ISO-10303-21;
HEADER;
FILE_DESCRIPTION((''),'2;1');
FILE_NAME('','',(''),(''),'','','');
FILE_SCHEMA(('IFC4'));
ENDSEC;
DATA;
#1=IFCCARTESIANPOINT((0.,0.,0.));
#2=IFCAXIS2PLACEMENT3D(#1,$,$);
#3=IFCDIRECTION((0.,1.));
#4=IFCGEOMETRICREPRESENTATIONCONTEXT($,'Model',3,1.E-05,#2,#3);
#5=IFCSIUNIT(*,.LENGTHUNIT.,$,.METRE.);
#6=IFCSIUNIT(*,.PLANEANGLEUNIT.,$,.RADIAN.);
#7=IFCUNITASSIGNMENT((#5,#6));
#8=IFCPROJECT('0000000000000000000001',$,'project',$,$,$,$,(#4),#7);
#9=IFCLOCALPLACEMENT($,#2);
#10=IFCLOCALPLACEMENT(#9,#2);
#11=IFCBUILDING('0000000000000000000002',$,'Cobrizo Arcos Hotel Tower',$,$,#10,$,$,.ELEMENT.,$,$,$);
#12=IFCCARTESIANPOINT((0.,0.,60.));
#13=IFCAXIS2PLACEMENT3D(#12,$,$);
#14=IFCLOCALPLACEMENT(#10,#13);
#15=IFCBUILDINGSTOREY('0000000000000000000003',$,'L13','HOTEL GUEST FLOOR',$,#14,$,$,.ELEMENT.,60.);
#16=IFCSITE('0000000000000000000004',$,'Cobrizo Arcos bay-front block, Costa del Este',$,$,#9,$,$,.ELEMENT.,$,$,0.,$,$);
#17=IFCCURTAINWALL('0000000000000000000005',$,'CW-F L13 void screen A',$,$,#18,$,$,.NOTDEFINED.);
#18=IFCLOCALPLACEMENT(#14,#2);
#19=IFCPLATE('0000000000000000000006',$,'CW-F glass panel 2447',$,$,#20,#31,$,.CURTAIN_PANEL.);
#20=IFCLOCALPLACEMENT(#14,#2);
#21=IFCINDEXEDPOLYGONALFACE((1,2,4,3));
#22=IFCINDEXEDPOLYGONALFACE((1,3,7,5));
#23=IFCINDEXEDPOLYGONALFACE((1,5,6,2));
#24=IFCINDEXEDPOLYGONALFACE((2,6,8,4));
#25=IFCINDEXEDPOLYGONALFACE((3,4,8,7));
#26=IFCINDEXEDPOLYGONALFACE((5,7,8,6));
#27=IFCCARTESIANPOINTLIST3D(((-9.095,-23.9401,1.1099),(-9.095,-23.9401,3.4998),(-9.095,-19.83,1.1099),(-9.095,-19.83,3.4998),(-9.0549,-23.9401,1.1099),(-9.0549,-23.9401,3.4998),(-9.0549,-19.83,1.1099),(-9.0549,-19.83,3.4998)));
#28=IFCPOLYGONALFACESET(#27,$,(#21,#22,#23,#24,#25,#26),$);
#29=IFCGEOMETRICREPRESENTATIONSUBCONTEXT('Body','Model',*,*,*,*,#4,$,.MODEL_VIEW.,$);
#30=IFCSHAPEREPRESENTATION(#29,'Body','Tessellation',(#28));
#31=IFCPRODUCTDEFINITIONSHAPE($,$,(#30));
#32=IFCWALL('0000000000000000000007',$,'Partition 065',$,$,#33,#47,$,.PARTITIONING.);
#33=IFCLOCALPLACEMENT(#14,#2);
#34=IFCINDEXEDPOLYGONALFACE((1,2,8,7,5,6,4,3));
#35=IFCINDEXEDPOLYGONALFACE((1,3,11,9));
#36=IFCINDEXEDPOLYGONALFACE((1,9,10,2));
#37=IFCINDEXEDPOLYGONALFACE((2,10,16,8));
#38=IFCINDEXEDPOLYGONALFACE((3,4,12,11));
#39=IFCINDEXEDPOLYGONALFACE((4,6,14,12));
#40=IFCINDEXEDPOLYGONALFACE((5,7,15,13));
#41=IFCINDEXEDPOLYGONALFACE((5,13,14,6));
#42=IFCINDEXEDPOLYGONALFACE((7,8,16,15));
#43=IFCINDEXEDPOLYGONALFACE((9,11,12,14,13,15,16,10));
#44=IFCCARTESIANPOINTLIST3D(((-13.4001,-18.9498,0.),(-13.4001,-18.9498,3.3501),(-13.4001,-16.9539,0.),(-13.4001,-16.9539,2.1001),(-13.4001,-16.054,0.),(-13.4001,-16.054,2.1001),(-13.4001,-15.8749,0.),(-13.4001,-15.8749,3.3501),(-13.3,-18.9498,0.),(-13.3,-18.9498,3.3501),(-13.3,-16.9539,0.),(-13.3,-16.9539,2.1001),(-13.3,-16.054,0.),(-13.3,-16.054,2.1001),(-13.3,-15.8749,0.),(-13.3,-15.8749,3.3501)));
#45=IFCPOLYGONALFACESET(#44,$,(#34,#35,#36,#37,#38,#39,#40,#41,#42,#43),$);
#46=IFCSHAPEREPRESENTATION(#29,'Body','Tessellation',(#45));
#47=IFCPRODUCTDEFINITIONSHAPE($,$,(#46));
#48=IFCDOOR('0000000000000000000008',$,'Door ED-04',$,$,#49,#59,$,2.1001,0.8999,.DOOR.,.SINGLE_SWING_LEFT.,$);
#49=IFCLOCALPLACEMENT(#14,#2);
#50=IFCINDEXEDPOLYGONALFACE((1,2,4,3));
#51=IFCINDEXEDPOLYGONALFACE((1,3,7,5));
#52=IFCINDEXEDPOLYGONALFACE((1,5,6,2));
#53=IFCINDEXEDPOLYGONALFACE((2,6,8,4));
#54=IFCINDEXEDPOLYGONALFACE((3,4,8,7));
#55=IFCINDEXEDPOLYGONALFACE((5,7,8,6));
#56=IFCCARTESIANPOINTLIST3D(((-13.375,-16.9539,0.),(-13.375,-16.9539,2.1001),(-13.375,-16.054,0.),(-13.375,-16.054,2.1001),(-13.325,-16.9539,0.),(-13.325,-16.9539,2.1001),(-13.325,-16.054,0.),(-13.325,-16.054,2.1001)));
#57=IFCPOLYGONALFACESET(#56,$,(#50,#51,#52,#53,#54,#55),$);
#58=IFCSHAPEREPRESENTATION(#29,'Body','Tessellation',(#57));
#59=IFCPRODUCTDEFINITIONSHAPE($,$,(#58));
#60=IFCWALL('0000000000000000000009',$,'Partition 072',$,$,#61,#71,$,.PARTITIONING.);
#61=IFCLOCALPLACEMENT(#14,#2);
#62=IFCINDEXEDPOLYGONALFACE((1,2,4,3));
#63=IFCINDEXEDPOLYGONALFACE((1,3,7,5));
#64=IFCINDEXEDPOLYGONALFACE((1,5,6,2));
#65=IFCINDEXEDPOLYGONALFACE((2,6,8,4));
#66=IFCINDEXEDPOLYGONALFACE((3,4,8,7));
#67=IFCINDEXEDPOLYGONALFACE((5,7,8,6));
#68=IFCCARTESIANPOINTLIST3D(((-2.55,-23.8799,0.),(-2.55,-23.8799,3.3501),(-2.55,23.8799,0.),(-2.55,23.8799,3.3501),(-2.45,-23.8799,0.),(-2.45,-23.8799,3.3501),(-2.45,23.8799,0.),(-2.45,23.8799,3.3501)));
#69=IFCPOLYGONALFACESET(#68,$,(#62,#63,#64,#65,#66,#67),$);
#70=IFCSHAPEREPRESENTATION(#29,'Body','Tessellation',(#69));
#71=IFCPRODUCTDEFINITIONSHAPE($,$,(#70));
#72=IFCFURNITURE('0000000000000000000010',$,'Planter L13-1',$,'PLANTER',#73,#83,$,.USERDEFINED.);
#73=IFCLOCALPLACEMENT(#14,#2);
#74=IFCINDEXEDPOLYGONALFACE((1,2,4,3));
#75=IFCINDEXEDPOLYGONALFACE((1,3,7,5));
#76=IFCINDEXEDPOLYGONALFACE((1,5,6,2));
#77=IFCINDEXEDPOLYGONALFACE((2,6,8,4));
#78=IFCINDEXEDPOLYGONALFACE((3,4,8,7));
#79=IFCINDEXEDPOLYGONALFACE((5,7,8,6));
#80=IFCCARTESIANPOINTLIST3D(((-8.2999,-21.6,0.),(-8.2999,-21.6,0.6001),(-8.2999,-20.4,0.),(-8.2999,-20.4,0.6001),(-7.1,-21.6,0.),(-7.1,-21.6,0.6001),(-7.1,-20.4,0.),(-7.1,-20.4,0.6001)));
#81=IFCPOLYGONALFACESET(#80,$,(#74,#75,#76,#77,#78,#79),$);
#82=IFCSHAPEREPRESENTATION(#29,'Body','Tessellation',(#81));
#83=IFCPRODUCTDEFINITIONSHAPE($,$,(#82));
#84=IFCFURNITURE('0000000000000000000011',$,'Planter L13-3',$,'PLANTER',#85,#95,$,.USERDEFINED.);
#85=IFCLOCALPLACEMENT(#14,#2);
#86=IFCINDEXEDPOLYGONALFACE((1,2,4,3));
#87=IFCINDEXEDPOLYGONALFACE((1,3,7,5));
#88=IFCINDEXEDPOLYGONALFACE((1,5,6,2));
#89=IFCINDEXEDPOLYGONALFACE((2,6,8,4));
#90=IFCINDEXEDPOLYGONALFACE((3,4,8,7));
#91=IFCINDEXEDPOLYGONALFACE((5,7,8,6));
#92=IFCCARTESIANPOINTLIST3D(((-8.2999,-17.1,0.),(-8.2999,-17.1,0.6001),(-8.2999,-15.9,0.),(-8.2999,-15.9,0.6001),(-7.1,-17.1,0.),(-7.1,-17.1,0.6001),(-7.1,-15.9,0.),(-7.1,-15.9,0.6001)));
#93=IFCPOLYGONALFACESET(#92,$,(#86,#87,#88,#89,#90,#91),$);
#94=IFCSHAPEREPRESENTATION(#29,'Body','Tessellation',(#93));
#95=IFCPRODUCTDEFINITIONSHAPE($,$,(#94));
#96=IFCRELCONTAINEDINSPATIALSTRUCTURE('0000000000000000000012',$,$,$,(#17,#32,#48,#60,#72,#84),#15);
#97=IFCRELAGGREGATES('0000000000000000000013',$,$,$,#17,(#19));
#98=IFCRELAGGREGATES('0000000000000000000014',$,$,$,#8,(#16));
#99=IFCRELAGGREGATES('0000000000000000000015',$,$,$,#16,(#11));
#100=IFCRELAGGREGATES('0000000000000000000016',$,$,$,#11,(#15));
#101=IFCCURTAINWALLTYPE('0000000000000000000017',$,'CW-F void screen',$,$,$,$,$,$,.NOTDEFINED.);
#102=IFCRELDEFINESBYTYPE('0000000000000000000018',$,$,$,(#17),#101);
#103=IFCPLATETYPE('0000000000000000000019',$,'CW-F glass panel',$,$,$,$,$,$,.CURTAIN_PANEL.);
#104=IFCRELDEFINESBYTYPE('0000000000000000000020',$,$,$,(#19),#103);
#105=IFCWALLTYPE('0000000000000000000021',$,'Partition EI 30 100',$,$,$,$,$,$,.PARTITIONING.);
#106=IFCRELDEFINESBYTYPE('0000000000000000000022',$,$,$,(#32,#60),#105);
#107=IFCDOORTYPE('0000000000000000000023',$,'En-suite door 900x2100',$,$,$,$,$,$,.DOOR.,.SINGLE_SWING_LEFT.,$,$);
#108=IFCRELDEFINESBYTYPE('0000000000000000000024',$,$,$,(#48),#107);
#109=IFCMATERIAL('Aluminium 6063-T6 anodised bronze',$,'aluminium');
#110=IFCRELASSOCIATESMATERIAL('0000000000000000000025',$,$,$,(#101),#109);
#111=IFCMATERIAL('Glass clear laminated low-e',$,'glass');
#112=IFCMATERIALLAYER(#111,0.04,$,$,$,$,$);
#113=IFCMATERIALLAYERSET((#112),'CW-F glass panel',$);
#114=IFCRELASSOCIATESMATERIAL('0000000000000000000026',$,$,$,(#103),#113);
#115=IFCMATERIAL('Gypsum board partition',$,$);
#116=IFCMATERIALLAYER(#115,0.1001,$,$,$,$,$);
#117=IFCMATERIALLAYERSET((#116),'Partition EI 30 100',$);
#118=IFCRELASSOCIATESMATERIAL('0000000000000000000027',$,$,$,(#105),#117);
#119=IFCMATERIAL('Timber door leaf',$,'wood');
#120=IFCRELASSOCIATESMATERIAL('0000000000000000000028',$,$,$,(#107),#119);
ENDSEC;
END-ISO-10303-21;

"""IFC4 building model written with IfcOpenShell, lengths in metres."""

from ifc_helpers import new_model, si_unit, direction, frame, frame_2d, origin, origin_2d, place, context, subcontext, project, spatial, rectangle, extrude, material, layer, layer_set, type_object, element, fill, aggregate, save


model = new_model("IFC4")

# Units and contexts
model_context = context("Model", 3, precision=1e-05, world=origin(), true_north=direction((0.0, 1.0)))
body_context = subcontext(model_context, "Body", "Model", "MODEL_VIEW")
ifc_project = project(units=[si_unit("LENGTHUNIT", "METRE"), si_unit("PLANEANGLEUNIT", "RADIAN")], contexts=[model_context])

# Site, building, storey
site_placement = place(None, origin())
site = spatial("IfcSite", under=ifc_project, at=site_placement, Name="Cobrizo Arcos bay-front block, Costa del Este", CompositionType="ELEMENT", RefElevation=0.0)
building_placement = place(site_placement, origin())
building = spatial("IfcBuilding", under=site, at=building_placement, Name="Cobrizo Arcos Hotel Tower", CompositionType="ELEMENT")
storey_placement = place(building_placement, frame((0.0, 0.0, 60.0)))
storey = spatial("IfcBuildingStorey", under=building, at=storey_placement, Name="L13", Description="HOTEL GUEST FLOOR", CompositionType="ELEMENT", Elevation=60.0)

# Curtain wall
ifc_material_1 = material(Name="Aluminium 6063-T6 anodised bronze", Category="aluminium")
curtain_wall_type_1 = type_object("IfcCurtainWallType", Name="CW-F void screen", PredefinedType="NOTDEFINED", material=ifc_material_1)
curtain_wall_1_placement = place(storey_placement, origin())
curtain_wall_1 = element("IfcCurtainWall", 1, at=curtain_wall_1_placement, inside=storey, type_object=curtain_wall_type_1, Name="CW-F L13 void screen A", PredefinedType="NOTDEFINED")

# Plate
ifc_material_2 = material(Name="Glass clear laminated low-e", Category="glass")
ifc_layer_1 = layer(ifc_material_2, 0.04)
ifc_layer_set_1 = layer_set([ifc_layer_1], Name="CW-F glass panel")
plate_type_1 = type_object("IfcPlateType", Name="CW-F glass panel", PredefinedType="CURTAIN_PANEL", material=ifc_layer_set_1)
plate_1_placement = place(storey_placement, frame((-9.075, -21.885, 1.1099), z_axis=(0.0, 0.0, 1.0), x_axis=(0.0, -1.0, 0.0)))
plate_1 = element("IfcPlate", 2, at=plate_1_placement, type_object=plate_type_1, Name="CW-F glass panel 2447", PredefinedType="CURTAIN_PANEL", context=body_context, shape_type="SweptSolid", body=[
    extrude(rectangle(XDim=4.1101, YDim=0.04, at=origin_2d()), origin(), (0.0, 0.0, 1.0), 2.3899),
])
aggregate(curtain_wall_1, [plate_1])

# Wall, opening, door
ifc_material_3 = material(Name="Gypsum board partition")
ifc_layer_2 = layer(ifc_material_3, 0.1001)
ifc_layer_set_2 = layer_set([ifc_layer_2], Name="Partition EI 30 100")
wall_type = type_object("IfcWallType", Name="Partition EI 30 100", PredefinedType="PARTITIONING", material=ifc_layer_set_2)
wall_1_placement = place(storey_placement, frame((-13.3501, -18.95, 0.0), z_axis=(0.0, 0.0, 1.0), x_axis=(0.0, 1.0, 0.0)))
wall_1 = element("IfcWall", 3, at=wall_1_placement, inside=storey, type_object=wall_type, Name="Partition 065", PredefinedType="PARTITIONING", context=body_context, shape_type="SweptSolid", body=[
    extrude(rectangle(XDim=3.075, YDim=0.1001, at=frame_2d((1.5376, 0.0))), origin(), (0.0, 0.0, 1.0), 3.3501),
])
opening_placement = place(wall_1_placement, frame((1.9961, 0.0, 0.0)))
opening = element("IfcOpeningElement", 4, at=opening_placement, cuts=wall_1, PredefinedType="OPENING", context=body_context, shape_type="SweptSolid", body=[
    extrude(rectangle(XDim=0.8999, YDim=2.1001, at=frame_2d((0.45, 1.05))), frame((0.0, 0.062, 0.0), z_axis=(0.0, -1.0, 0.0), x_axis=(1.0, 0.0, 0.0)), (0.0, 0.0, 1.0), 0.124),
])
ifc_material_4 = material(Name="Timber door leaf", Category="wood")
door_type = type_object("IfcDoorType", Name="En-suite door 900x2100", OperationType="SINGLE_SWING_LEFT", PredefinedType="DOOR", material=ifc_material_4)
door_placement = place(opening_placement, origin())
door = element("IfcDoor", 5, at=door_placement, inside=storey, type_object=door_type, Name="Door ED-04", OperationType="SINGLE_SWING_LEFT", OverallHeight=2.1001, OverallWidth=0.8999, PredefinedType="DOOR", context=body_context, shape_type="SweptSolid", body=[
    extrude(rectangle(XDim=0.8999, YDim=2.1001, at=frame_2d((0.45, 1.05))), frame((0.0, 0.0249, 0.0), z_axis=(0.0, -1.0, 0.0), x_axis=(1.0, 0.0, 0.0)), (0.0, 0.0, 1.0), 0.05),
])
fill(opening, door)

# Wall
wall_2_placement = place(storey_placement, frame((-2.5, -23.8799, 0.0), z_axis=(0.0, 0.0, 1.0), x_axis=(0.0, 1.0, 0.0)))
element("IfcWall", 6, at=wall_2_placement, inside=storey, type_object=wall_type, Name="Partition 072", PredefinedType="PARTITIONING", context=body_context, shape_type="SweptSolid", body=[
    extrude(rectangle(XDim=47.7598, YDim=0.1001, at=frame_2d((23.8799, 0.0))), origin(), (0.0, 0.0, 1.0), 3.3501),
])

# Furniture
for number, where, z_axis, x_axis, name in (
    (7, (-7.7, -21.0, 0.0), (0.0, 0.0, 1.0), (1.0, 0.0, 0.0), "Planter L13-1"),
    (8, (-7.7, -16.5, 0.0), (0.0, 0.0, 1.0), (1.0, 0.0, 0.0), "Planter L13-3"),
):
    element("IfcFurniture", number, at=place(storey_placement, frame(where, z_axis=z_axis, x_axis=x_axis)), inside=storey, Name=name, ObjectType="PLANTER", PredefinedType="USERDEFINED", context=body_context, shape_type="SweptSolid", body=[
        extrude(rectangle(XDim=1.2, YDim=1.2, at=origin_2d()), origin(), (0.0, 0.0, 1.0), 0.6001),
    ])

save(model, "model.ifc")
